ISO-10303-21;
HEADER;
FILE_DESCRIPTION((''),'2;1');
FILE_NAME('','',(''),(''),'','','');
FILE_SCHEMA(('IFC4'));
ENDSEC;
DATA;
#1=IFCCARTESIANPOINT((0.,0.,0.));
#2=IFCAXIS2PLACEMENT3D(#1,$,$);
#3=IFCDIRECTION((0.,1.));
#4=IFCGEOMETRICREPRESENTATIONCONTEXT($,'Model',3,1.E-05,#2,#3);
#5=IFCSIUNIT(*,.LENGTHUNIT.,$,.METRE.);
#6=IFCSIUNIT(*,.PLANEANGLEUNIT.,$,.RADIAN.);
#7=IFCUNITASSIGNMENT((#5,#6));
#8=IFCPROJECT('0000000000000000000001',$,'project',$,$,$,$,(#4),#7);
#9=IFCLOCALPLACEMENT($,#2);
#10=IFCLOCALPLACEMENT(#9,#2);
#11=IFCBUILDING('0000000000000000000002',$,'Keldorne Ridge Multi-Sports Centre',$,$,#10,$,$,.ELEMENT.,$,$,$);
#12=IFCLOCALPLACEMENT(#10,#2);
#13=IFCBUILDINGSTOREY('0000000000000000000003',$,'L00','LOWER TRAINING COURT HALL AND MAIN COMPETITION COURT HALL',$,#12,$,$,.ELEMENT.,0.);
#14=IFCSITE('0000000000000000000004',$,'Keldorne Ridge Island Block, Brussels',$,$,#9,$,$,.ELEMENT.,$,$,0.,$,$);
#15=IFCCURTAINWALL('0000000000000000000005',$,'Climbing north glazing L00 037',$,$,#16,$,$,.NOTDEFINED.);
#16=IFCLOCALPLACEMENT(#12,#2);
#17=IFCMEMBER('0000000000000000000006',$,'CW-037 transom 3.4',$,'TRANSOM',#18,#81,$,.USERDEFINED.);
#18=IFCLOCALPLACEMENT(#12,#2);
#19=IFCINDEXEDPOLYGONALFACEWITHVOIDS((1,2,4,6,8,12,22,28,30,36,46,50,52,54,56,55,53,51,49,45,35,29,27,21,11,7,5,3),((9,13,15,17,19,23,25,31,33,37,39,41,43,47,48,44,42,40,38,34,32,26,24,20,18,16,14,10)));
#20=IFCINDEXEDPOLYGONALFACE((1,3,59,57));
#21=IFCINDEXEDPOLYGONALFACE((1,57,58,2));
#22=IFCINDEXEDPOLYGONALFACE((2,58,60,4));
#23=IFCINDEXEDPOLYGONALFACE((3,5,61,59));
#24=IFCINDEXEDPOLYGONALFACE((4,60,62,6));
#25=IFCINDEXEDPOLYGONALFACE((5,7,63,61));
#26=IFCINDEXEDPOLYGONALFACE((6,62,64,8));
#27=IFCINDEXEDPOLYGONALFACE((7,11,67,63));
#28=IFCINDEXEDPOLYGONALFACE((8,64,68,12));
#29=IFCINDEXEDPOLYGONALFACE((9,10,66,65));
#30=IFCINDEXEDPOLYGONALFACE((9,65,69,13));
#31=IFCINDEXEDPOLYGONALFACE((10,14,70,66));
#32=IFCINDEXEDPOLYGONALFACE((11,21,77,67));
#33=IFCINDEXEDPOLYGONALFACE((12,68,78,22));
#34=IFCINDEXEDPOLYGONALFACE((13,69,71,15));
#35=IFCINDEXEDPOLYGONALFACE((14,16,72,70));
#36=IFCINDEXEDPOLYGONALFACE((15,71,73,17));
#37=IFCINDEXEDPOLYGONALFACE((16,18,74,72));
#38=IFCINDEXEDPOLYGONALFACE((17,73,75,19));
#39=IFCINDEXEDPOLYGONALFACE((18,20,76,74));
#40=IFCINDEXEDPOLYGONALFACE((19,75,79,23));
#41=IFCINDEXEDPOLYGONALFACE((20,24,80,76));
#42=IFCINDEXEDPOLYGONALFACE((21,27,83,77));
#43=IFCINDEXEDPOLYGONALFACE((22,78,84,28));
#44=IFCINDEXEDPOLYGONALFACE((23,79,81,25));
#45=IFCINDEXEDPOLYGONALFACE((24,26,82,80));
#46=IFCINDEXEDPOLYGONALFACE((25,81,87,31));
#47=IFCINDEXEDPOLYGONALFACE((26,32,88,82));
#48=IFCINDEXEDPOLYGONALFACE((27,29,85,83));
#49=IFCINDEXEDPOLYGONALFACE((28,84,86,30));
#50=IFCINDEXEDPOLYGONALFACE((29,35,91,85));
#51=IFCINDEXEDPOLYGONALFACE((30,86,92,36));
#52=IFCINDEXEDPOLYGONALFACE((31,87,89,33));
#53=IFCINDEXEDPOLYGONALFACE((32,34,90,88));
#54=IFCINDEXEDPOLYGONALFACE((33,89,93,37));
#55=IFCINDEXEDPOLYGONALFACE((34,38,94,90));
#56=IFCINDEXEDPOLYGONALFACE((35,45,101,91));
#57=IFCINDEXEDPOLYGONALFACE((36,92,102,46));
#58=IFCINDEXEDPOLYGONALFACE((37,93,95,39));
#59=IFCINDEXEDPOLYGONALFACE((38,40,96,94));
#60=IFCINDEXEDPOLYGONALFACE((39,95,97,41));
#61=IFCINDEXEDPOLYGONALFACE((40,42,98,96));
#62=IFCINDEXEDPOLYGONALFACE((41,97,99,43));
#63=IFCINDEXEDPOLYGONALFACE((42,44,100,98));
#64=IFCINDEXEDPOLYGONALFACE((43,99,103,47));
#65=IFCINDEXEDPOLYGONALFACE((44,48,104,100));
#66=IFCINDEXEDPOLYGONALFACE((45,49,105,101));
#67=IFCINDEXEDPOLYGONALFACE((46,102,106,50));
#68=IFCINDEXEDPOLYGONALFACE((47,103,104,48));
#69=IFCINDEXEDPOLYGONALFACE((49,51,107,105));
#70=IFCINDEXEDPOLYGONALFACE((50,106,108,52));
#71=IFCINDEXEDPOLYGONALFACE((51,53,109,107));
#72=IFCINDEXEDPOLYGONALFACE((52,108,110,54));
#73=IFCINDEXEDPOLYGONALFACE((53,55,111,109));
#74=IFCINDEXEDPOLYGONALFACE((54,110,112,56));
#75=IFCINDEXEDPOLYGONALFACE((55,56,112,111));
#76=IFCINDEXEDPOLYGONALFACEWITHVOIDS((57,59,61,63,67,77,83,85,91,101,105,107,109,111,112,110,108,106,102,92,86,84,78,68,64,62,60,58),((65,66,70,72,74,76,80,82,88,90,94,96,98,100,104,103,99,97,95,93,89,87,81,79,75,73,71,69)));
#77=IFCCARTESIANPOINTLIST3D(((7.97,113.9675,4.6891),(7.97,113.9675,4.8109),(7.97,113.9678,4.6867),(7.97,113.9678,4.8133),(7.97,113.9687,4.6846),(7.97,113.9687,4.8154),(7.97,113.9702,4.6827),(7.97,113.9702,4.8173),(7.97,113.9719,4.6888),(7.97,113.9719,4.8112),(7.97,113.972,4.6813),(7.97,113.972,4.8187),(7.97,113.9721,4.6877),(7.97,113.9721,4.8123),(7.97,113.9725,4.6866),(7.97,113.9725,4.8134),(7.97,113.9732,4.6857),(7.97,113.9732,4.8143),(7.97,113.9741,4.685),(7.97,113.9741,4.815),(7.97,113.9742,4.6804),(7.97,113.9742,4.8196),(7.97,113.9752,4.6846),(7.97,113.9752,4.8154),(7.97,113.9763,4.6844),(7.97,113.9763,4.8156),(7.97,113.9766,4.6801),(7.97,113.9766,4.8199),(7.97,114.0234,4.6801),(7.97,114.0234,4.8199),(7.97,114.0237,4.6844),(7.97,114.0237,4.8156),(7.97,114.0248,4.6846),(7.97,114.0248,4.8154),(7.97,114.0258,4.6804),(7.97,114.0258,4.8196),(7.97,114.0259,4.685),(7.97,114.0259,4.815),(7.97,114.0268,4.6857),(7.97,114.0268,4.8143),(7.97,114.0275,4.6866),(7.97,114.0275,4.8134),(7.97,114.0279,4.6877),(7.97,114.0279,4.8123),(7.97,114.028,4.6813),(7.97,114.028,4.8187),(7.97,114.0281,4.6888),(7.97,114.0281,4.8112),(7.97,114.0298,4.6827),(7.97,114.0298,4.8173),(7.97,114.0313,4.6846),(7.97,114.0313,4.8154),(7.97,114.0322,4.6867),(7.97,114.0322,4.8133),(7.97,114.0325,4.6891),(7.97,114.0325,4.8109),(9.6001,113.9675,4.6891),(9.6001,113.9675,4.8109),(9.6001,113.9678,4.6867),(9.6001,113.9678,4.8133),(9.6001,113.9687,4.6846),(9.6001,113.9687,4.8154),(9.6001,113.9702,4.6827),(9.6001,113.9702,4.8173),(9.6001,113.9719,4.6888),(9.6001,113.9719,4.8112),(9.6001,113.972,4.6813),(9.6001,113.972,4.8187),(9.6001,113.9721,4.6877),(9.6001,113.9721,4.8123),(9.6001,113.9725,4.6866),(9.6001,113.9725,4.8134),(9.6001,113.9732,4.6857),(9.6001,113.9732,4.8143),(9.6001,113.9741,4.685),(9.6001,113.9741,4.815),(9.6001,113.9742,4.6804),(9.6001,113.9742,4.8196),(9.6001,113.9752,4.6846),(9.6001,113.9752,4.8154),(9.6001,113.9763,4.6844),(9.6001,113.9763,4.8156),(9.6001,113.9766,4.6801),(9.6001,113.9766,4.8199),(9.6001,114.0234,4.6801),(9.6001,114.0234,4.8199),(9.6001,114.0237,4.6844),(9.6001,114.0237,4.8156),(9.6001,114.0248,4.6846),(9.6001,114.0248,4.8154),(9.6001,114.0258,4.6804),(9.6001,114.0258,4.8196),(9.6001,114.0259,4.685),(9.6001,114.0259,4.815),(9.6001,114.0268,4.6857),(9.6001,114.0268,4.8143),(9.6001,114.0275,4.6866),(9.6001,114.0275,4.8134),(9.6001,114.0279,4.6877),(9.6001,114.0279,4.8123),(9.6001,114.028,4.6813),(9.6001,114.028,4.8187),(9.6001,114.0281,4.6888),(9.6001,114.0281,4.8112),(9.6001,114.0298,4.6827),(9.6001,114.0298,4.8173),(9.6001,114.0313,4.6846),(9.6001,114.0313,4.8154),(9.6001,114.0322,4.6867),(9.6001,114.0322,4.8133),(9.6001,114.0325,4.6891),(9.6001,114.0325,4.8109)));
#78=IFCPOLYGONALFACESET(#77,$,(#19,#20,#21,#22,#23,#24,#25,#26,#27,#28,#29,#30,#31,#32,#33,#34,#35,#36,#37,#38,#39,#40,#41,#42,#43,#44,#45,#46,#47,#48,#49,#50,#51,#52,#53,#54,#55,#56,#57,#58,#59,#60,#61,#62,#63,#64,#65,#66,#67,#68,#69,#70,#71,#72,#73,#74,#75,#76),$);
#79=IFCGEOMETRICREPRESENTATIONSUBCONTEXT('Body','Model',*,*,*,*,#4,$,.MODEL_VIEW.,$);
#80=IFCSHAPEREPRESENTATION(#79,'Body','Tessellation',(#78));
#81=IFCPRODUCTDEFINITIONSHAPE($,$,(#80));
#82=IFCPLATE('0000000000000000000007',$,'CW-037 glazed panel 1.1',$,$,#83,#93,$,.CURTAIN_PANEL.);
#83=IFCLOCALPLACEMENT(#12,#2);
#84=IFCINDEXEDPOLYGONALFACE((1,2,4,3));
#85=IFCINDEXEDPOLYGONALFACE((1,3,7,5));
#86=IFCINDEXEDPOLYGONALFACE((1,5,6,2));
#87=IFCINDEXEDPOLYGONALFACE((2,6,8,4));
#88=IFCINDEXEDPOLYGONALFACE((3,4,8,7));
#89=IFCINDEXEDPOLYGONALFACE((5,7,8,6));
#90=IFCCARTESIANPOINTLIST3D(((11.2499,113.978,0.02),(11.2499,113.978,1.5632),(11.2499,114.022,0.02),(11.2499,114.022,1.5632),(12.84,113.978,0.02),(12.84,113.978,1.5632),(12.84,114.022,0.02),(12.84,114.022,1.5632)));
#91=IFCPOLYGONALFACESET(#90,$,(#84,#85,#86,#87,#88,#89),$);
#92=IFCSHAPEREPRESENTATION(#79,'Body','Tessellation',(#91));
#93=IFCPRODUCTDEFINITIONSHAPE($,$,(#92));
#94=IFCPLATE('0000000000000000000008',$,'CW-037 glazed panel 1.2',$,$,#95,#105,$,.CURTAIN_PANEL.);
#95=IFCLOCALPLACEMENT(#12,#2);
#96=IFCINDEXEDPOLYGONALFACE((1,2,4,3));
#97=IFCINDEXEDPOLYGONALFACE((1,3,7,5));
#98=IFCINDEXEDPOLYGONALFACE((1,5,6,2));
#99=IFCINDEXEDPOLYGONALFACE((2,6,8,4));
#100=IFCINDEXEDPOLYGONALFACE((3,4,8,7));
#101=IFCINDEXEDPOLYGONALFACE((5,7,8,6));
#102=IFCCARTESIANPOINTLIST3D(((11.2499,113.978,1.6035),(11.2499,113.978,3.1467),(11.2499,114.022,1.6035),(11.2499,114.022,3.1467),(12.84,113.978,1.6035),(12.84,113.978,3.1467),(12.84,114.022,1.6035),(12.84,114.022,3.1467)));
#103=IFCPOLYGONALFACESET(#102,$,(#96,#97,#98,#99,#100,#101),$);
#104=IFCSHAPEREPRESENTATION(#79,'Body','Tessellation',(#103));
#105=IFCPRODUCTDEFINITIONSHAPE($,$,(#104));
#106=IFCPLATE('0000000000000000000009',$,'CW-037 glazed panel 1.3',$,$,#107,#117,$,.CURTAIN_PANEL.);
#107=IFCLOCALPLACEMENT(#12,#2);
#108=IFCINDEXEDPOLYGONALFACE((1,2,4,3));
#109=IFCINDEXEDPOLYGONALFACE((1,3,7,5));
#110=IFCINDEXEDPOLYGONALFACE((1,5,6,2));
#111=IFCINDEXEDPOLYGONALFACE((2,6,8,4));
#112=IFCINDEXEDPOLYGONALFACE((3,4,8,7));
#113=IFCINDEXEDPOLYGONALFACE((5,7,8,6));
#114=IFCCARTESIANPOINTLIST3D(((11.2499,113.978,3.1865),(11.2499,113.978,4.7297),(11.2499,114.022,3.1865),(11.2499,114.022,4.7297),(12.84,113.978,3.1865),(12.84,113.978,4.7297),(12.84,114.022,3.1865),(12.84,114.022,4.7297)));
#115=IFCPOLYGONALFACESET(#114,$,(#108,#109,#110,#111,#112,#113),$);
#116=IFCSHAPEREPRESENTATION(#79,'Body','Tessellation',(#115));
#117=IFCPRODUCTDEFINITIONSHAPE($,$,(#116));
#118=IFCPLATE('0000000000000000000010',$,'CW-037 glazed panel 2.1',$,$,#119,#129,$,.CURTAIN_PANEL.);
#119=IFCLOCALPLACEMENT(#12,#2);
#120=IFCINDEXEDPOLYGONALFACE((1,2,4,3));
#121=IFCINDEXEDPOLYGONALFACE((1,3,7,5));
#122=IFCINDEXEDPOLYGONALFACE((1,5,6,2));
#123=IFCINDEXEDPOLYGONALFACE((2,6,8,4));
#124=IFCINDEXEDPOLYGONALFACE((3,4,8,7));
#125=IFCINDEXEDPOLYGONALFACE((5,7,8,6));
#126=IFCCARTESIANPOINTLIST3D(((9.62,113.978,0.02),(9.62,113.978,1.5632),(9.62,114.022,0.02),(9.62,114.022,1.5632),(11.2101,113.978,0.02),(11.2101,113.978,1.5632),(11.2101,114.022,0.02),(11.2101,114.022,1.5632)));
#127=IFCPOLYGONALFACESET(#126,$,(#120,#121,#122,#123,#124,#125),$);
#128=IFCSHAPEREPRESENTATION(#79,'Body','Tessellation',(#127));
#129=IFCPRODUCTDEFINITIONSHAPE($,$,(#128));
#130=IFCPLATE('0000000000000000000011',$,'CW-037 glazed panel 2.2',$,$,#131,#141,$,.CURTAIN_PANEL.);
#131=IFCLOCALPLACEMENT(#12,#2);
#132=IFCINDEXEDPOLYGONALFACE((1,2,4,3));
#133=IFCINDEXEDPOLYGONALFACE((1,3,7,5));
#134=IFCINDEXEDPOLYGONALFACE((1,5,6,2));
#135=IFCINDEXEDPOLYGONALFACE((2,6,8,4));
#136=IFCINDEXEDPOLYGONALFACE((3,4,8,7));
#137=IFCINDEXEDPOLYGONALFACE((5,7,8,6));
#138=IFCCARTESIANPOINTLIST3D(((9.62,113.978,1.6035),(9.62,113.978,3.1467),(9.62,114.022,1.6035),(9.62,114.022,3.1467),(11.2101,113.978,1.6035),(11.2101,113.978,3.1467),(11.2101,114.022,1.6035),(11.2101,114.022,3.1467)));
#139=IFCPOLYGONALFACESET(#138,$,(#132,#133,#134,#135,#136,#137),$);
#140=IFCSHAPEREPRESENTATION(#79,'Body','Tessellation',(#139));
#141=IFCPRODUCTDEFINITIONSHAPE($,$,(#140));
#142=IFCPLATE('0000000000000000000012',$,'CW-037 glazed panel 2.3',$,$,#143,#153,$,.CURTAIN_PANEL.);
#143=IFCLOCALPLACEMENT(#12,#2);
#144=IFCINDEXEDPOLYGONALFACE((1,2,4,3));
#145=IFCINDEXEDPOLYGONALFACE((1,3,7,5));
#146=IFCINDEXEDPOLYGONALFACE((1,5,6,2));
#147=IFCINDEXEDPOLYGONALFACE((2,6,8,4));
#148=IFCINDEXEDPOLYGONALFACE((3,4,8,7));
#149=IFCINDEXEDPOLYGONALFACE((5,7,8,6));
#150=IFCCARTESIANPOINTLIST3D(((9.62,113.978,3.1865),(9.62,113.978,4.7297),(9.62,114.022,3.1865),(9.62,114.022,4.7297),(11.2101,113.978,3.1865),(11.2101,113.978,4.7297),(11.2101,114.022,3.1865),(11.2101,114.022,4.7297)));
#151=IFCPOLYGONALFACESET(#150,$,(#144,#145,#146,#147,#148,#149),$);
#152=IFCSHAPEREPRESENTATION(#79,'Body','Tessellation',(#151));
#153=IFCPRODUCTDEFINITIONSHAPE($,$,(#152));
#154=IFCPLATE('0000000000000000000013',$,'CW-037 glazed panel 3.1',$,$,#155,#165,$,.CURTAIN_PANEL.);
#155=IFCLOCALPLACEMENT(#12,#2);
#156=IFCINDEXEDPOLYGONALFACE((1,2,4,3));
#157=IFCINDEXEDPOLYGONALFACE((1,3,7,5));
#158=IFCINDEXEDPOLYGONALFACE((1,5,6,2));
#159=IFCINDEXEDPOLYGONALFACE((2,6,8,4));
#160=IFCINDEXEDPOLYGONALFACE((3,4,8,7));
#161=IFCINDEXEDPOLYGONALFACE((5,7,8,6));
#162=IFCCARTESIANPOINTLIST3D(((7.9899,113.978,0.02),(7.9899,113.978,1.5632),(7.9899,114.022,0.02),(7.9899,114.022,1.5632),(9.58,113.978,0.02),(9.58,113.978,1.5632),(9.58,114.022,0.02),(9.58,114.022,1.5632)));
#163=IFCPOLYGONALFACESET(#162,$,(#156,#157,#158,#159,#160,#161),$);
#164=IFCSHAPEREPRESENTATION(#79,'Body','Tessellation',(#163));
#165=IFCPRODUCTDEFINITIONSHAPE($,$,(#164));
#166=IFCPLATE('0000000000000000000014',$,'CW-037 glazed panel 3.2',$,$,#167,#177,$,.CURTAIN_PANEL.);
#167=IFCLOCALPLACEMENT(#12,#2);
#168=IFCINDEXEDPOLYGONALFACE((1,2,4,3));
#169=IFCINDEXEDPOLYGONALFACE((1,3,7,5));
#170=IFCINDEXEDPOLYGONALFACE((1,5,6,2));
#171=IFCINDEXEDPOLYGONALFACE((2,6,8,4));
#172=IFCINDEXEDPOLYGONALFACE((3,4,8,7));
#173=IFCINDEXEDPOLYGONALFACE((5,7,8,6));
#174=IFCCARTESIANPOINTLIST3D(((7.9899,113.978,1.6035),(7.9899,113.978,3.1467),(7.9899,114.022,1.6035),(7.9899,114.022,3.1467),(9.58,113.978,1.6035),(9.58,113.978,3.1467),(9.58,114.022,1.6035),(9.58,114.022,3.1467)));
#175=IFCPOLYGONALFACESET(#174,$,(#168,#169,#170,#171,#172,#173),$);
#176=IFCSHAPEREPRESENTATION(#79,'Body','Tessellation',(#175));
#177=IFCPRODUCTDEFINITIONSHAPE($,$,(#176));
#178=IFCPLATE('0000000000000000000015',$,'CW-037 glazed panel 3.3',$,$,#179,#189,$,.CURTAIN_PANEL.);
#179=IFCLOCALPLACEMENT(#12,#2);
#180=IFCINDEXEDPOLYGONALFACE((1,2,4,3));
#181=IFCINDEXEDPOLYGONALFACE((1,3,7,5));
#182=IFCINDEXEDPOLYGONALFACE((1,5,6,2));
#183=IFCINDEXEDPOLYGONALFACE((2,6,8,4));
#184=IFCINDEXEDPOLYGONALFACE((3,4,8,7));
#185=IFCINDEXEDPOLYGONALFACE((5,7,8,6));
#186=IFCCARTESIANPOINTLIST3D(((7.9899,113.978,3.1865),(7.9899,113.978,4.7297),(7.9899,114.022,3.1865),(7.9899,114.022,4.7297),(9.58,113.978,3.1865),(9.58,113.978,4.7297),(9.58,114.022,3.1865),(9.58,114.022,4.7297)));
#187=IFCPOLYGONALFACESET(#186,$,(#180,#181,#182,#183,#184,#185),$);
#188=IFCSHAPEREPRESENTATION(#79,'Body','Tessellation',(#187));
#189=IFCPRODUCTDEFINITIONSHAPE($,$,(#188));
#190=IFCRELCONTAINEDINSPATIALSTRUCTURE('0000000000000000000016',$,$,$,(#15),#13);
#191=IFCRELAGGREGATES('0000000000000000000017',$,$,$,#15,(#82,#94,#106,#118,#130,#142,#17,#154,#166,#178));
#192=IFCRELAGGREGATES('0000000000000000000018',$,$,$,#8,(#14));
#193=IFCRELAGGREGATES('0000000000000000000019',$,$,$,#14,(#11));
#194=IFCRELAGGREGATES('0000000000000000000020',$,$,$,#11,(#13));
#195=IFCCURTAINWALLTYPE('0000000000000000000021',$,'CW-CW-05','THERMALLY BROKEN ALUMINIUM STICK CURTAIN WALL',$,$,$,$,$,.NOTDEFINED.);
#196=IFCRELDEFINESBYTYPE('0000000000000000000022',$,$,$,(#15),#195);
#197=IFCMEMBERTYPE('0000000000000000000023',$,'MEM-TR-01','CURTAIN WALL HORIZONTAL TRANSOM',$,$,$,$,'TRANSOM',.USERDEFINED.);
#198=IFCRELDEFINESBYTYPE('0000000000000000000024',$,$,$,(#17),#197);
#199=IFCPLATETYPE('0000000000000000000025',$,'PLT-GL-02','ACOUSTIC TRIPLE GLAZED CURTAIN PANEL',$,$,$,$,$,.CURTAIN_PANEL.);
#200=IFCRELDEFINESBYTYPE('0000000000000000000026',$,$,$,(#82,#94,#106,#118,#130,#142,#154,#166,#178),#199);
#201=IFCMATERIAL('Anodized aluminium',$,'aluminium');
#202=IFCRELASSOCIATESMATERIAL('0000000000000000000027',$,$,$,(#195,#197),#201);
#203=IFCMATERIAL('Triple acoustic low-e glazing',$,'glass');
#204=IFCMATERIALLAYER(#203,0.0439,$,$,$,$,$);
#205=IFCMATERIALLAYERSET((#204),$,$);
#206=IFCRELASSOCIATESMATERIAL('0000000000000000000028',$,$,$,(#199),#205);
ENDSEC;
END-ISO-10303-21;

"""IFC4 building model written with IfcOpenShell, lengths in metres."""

from ifc_helpers import new_model, si_unit, direction, frame, origin, origin_2d, place, context, subcontext, project, spatial, rectangle, hollow_rectangle, extrude, material, layer, layer_set, material_profile, profile_set, type_object, element, aggregate, save


model = new_model("IFC4")

# Units and contexts
model_context = context("Model", 3, precision=1e-05, world=origin(), true_north=direction((0.0, 1.0)))
body_context = subcontext(model_context, "Body", "Model", "MODEL_VIEW")
ifc_project = project(units=[si_unit("LENGTHUNIT", "METRE"), si_unit("PLANEANGLEUNIT", "RADIAN")], contexts=[model_context])

# Site, building, storey
site_placement = place(None, origin())
site = spatial("IfcSite", under=ifc_project, at=site_placement, Name="Keldorne Ridge Island Block, Brussels", CompositionType="ELEMENT", RefElevation=0.0)
building_placement = place(site_placement, origin())
building = spatial("IfcBuilding", under=site, at=building_placement, Name="Keldorne Ridge Multi-Sports Centre", CompositionType="ELEMENT")
storey_placement = place(building_placement, origin())
storey = spatial("IfcBuildingStorey", under=building, at=storey_placement, Name="L00", Description="LOWER TRAINING COURT HALL AND MAIN COMPETITION COURT HALL", CompositionType="ELEMENT", Elevation=0.0)

# Curtain wall, member, plates
ifc_material_1 = material(Name="Anodized aluminium", Category="aluminium")
curtain_wall_type = type_object("IfcCurtainWallType", Name="CW-CW-05", Description="THERMALLY BROKEN ALUMINIUM STICK CURTAIN WALL", PredefinedType="NOTDEFINED", material=ifc_material_1)
curtain_wall_placement = place(storey_placement, origin())
curtain_wall = element("IfcCurtainWall", 1, at=curtain_wall_placement, inside=storey, type_object=curtain_wall_type, Name="Climbing north glazing L00 037", PredefinedType="NOTDEFINED")
ifc_material_profile_1 = material_profile(ifc_material_1, hollow_rectangle(XDim=0.0649, YDim=0.1399, WallThickness=0.0044, InnerFilletRadius=0.0044, OuterFilletRadius=0.009, at=origin_2d()), Name="ALU TRANSOM 140x65x4.5")
ifc_profile_set_1 = profile_set([ifc_material_profile_1], Name="Anodized aluminium")
member_type_1 = type_object("IfcMemberType", Name="MEM-TR-01", Description="CURTAIN WALL HORIZONTAL TRANSOM", ElementType="TRANSOM", PredefinedType="USERDEFINED", material=ifc_profile_set_1)
member_1_placement = place(storey_placement, frame((9.6001, 114.0, 4.75), z_axis=(-1.0, 0.0, 0.0), x_axis=(0.0, -1.0, 0.0)))
member_1 = element("IfcMember", 2, at=member_1_placement, type_object=member_type_1, Name="CW-037 transom 3.4", ObjectType="TRANSOM", PredefinedType="USERDEFINED", context=body_context, shape_type="SweptSolid", body=[
    extrude(hollow_rectangle(XDim=0.0649, YDim=0.1399, WallThickness=0.0044, InnerFilletRadius=0.0044, OuterFilletRadius=0.009, at=origin_2d()), origin(), (0.0, 0.0, 1.0), 1.6301),
])
ifc_material_2 = material(Name="Triple acoustic low-e glazing", Category="glass")
ifc_layer_1 = layer(ifc_material_2, 0.0439)
ifc_layer_set_1 = layer_set([ifc_layer_1])
plate_type_1 = type_object("IfcPlateType", Name="PLT-GL-02", Description="ACOUSTIC TRIPLE GLAZED CURTAIN PANEL", PredefinedType="CURTAIN_PANEL", material=ifc_layer_set_1)
plate_1_placement = place(storey_placement, frame((12.0449, 114.0, 0.02), z_axis=(0.0, 0.0, 1.0), x_axis=(-1.0, 0.0, 0.0)))
plate_1 = element("IfcPlate", 3, at=plate_1_placement, type_object=plate_type_1, Name="CW-037 glazed panel 1.1", PredefinedType="CURTAIN_PANEL", context=body_context, shape_type="SweptSolid", body=[
    extrude(rectangle(XDim=1.5901, YDim=0.0439, at=origin_2d()), origin(), (0.0, 0.0, 1.0), 1.5432),
])
plate_2_placement = place(storey_placement, frame((12.0449, 114.0, 1.6035), z_axis=(0.0, 0.0, 1.0), x_axis=(-1.0, 0.0, 0.0)))
plate_2 = element("IfcPlate", 4, at=plate_2_placement, type_object=plate_type_1, Name="CW-037 glazed panel 1.2", PredefinedType="CURTAIN_PANEL", context=body_context, shape_type="SweptSolid", body=[
    extrude(rectangle(XDim=1.5901, YDim=0.0439, at=origin_2d()), origin(), (0.0, 0.0, 1.0), 1.5432),
])
plate_3_placement = place(storey_placement, frame((12.0449, 114.0, 3.1865), z_axis=(0.0, 0.0, 1.0), x_axis=(-1.0, 0.0, 0.0)))
plate_3 = element("IfcPlate", 5, at=plate_3_placement, type_object=plate_type_1, Name="CW-037 glazed panel 1.3", PredefinedType="CURTAIN_PANEL", context=body_context, shape_type="SweptSolid", body=[
    extrude(rectangle(XDim=1.5901, YDim=0.0439, at=origin_2d()), origin(), (0.0, 0.0, 1.0), 1.5432),
])
plate_4_placement = place(storey_placement, frame((10.415, 114.0, 0.02), z_axis=(0.0, 0.0, 1.0), x_axis=(-1.0, 0.0, 0.0)))
plate_4 = element("IfcPlate", 6, at=plate_4_placement, type_object=plate_type_1, Name="CW-037 glazed panel 2.1", PredefinedType="CURTAIN_PANEL", context=body_context, shape_type="SweptSolid", body=[
    extrude(rectangle(XDim=1.5901, YDim=0.0439, at=origin_2d()), origin(), (0.0, 0.0, 1.0), 1.5432),
])
plate_5_placement = place(storey_placement, frame((10.415, 114.0, 1.6035), z_axis=(0.0, 0.0, 1.0), x_axis=(-1.0, 0.0, 0.0)))
plate_5 = element("IfcPlate", 7, at=plate_5_placement, type_object=plate_type_1, Name="CW-037 glazed panel 2.2", PredefinedType="CURTAIN_PANEL", context=body_context, shape_type="SweptSolid", body=[
    extrude(rectangle(XDim=1.5901, YDim=0.0439, at=origin_2d()), origin(), (0.0, 0.0, 1.0), 1.5432),
])
plate_6_placement = place(storey_placement, frame((10.415, 114.0, 3.1865), z_axis=(0.0, 0.0, 1.0), x_axis=(-1.0, 0.0, 0.0)))
plate_6 = element("IfcPlate", 8, at=plate_6_placement, type_object=plate_type_1, Name="CW-037 glazed panel 2.3", PredefinedType="CURTAIN_PANEL", context=body_context, shape_type="SweptSolid", body=[
    extrude(rectangle(XDim=1.5901, YDim=0.0439, at=origin_2d()), origin(), (0.0, 0.0, 1.0), 1.5432),
])
plate_7_placement = place(storey_placement, frame((8.7849, 114.0, 0.02), z_axis=(0.0, 0.0, 1.0), x_axis=(-1.0, 0.0, 0.0)))
plate_7 = element("IfcPlate", 9, at=plate_7_placement, type_object=plate_type_1, Name="CW-037 glazed panel 3.1", PredefinedType="CURTAIN_PANEL", context=body_context, shape_type="SweptSolid", body=[
    extrude(rectangle(XDim=1.5901, YDim=0.0439, at=origin_2d()), origin(), (0.0, 0.0, 1.0), 1.5432),
])
plate_8_placement = place(storey_placement, frame((8.7849, 114.0, 1.6035), z_axis=(0.0, 0.0, 1.0), x_axis=(-1.0, 0.0, 0.0)))
plate_8 = element("IfcPlate", 10, at=plate_8_placement, type_object=plate_type_1, Name="CW-037 glazed panel 3.2", PredefinedType="CURTAIN_PANEL", context=body_context, shape_type="SweptSolid", body=[
    extrude(rectangle(XDim=1.5901, YDim=0.0439, at=origin_2d()), origin(), (0.0, 0.0, 1.0), 1.5432),
])
plate_9_placement = place(storey_placement, frame((8.7849, 114.0, 3.1865), z_axis=(0.0, 0.0, 1.0), x_axis=(-1.0, 0.0, 0.0)))
plate_9 = element("IfcPlate", 11, at=plate_9_placement, type_object=plate_type_1, Name="CW-037 glazed panel 3.3", PredefinedType="CURTAIN_PANEL", context=body_context, shape_type="SweptSolid", body=[
    extrude(rectangle(XDim=1.5901, YDim=0.0439, at=origin_2d()), origin(), (0.0, 0.0, 1.0), 1.5432),
])
aggregate(curtain_wall, [plate_1, plate_2, plate_3, plate_4, plate_5, plate_6, member_1, plate_7, plate_8, plate_9])

save(model, "model.ifc")
